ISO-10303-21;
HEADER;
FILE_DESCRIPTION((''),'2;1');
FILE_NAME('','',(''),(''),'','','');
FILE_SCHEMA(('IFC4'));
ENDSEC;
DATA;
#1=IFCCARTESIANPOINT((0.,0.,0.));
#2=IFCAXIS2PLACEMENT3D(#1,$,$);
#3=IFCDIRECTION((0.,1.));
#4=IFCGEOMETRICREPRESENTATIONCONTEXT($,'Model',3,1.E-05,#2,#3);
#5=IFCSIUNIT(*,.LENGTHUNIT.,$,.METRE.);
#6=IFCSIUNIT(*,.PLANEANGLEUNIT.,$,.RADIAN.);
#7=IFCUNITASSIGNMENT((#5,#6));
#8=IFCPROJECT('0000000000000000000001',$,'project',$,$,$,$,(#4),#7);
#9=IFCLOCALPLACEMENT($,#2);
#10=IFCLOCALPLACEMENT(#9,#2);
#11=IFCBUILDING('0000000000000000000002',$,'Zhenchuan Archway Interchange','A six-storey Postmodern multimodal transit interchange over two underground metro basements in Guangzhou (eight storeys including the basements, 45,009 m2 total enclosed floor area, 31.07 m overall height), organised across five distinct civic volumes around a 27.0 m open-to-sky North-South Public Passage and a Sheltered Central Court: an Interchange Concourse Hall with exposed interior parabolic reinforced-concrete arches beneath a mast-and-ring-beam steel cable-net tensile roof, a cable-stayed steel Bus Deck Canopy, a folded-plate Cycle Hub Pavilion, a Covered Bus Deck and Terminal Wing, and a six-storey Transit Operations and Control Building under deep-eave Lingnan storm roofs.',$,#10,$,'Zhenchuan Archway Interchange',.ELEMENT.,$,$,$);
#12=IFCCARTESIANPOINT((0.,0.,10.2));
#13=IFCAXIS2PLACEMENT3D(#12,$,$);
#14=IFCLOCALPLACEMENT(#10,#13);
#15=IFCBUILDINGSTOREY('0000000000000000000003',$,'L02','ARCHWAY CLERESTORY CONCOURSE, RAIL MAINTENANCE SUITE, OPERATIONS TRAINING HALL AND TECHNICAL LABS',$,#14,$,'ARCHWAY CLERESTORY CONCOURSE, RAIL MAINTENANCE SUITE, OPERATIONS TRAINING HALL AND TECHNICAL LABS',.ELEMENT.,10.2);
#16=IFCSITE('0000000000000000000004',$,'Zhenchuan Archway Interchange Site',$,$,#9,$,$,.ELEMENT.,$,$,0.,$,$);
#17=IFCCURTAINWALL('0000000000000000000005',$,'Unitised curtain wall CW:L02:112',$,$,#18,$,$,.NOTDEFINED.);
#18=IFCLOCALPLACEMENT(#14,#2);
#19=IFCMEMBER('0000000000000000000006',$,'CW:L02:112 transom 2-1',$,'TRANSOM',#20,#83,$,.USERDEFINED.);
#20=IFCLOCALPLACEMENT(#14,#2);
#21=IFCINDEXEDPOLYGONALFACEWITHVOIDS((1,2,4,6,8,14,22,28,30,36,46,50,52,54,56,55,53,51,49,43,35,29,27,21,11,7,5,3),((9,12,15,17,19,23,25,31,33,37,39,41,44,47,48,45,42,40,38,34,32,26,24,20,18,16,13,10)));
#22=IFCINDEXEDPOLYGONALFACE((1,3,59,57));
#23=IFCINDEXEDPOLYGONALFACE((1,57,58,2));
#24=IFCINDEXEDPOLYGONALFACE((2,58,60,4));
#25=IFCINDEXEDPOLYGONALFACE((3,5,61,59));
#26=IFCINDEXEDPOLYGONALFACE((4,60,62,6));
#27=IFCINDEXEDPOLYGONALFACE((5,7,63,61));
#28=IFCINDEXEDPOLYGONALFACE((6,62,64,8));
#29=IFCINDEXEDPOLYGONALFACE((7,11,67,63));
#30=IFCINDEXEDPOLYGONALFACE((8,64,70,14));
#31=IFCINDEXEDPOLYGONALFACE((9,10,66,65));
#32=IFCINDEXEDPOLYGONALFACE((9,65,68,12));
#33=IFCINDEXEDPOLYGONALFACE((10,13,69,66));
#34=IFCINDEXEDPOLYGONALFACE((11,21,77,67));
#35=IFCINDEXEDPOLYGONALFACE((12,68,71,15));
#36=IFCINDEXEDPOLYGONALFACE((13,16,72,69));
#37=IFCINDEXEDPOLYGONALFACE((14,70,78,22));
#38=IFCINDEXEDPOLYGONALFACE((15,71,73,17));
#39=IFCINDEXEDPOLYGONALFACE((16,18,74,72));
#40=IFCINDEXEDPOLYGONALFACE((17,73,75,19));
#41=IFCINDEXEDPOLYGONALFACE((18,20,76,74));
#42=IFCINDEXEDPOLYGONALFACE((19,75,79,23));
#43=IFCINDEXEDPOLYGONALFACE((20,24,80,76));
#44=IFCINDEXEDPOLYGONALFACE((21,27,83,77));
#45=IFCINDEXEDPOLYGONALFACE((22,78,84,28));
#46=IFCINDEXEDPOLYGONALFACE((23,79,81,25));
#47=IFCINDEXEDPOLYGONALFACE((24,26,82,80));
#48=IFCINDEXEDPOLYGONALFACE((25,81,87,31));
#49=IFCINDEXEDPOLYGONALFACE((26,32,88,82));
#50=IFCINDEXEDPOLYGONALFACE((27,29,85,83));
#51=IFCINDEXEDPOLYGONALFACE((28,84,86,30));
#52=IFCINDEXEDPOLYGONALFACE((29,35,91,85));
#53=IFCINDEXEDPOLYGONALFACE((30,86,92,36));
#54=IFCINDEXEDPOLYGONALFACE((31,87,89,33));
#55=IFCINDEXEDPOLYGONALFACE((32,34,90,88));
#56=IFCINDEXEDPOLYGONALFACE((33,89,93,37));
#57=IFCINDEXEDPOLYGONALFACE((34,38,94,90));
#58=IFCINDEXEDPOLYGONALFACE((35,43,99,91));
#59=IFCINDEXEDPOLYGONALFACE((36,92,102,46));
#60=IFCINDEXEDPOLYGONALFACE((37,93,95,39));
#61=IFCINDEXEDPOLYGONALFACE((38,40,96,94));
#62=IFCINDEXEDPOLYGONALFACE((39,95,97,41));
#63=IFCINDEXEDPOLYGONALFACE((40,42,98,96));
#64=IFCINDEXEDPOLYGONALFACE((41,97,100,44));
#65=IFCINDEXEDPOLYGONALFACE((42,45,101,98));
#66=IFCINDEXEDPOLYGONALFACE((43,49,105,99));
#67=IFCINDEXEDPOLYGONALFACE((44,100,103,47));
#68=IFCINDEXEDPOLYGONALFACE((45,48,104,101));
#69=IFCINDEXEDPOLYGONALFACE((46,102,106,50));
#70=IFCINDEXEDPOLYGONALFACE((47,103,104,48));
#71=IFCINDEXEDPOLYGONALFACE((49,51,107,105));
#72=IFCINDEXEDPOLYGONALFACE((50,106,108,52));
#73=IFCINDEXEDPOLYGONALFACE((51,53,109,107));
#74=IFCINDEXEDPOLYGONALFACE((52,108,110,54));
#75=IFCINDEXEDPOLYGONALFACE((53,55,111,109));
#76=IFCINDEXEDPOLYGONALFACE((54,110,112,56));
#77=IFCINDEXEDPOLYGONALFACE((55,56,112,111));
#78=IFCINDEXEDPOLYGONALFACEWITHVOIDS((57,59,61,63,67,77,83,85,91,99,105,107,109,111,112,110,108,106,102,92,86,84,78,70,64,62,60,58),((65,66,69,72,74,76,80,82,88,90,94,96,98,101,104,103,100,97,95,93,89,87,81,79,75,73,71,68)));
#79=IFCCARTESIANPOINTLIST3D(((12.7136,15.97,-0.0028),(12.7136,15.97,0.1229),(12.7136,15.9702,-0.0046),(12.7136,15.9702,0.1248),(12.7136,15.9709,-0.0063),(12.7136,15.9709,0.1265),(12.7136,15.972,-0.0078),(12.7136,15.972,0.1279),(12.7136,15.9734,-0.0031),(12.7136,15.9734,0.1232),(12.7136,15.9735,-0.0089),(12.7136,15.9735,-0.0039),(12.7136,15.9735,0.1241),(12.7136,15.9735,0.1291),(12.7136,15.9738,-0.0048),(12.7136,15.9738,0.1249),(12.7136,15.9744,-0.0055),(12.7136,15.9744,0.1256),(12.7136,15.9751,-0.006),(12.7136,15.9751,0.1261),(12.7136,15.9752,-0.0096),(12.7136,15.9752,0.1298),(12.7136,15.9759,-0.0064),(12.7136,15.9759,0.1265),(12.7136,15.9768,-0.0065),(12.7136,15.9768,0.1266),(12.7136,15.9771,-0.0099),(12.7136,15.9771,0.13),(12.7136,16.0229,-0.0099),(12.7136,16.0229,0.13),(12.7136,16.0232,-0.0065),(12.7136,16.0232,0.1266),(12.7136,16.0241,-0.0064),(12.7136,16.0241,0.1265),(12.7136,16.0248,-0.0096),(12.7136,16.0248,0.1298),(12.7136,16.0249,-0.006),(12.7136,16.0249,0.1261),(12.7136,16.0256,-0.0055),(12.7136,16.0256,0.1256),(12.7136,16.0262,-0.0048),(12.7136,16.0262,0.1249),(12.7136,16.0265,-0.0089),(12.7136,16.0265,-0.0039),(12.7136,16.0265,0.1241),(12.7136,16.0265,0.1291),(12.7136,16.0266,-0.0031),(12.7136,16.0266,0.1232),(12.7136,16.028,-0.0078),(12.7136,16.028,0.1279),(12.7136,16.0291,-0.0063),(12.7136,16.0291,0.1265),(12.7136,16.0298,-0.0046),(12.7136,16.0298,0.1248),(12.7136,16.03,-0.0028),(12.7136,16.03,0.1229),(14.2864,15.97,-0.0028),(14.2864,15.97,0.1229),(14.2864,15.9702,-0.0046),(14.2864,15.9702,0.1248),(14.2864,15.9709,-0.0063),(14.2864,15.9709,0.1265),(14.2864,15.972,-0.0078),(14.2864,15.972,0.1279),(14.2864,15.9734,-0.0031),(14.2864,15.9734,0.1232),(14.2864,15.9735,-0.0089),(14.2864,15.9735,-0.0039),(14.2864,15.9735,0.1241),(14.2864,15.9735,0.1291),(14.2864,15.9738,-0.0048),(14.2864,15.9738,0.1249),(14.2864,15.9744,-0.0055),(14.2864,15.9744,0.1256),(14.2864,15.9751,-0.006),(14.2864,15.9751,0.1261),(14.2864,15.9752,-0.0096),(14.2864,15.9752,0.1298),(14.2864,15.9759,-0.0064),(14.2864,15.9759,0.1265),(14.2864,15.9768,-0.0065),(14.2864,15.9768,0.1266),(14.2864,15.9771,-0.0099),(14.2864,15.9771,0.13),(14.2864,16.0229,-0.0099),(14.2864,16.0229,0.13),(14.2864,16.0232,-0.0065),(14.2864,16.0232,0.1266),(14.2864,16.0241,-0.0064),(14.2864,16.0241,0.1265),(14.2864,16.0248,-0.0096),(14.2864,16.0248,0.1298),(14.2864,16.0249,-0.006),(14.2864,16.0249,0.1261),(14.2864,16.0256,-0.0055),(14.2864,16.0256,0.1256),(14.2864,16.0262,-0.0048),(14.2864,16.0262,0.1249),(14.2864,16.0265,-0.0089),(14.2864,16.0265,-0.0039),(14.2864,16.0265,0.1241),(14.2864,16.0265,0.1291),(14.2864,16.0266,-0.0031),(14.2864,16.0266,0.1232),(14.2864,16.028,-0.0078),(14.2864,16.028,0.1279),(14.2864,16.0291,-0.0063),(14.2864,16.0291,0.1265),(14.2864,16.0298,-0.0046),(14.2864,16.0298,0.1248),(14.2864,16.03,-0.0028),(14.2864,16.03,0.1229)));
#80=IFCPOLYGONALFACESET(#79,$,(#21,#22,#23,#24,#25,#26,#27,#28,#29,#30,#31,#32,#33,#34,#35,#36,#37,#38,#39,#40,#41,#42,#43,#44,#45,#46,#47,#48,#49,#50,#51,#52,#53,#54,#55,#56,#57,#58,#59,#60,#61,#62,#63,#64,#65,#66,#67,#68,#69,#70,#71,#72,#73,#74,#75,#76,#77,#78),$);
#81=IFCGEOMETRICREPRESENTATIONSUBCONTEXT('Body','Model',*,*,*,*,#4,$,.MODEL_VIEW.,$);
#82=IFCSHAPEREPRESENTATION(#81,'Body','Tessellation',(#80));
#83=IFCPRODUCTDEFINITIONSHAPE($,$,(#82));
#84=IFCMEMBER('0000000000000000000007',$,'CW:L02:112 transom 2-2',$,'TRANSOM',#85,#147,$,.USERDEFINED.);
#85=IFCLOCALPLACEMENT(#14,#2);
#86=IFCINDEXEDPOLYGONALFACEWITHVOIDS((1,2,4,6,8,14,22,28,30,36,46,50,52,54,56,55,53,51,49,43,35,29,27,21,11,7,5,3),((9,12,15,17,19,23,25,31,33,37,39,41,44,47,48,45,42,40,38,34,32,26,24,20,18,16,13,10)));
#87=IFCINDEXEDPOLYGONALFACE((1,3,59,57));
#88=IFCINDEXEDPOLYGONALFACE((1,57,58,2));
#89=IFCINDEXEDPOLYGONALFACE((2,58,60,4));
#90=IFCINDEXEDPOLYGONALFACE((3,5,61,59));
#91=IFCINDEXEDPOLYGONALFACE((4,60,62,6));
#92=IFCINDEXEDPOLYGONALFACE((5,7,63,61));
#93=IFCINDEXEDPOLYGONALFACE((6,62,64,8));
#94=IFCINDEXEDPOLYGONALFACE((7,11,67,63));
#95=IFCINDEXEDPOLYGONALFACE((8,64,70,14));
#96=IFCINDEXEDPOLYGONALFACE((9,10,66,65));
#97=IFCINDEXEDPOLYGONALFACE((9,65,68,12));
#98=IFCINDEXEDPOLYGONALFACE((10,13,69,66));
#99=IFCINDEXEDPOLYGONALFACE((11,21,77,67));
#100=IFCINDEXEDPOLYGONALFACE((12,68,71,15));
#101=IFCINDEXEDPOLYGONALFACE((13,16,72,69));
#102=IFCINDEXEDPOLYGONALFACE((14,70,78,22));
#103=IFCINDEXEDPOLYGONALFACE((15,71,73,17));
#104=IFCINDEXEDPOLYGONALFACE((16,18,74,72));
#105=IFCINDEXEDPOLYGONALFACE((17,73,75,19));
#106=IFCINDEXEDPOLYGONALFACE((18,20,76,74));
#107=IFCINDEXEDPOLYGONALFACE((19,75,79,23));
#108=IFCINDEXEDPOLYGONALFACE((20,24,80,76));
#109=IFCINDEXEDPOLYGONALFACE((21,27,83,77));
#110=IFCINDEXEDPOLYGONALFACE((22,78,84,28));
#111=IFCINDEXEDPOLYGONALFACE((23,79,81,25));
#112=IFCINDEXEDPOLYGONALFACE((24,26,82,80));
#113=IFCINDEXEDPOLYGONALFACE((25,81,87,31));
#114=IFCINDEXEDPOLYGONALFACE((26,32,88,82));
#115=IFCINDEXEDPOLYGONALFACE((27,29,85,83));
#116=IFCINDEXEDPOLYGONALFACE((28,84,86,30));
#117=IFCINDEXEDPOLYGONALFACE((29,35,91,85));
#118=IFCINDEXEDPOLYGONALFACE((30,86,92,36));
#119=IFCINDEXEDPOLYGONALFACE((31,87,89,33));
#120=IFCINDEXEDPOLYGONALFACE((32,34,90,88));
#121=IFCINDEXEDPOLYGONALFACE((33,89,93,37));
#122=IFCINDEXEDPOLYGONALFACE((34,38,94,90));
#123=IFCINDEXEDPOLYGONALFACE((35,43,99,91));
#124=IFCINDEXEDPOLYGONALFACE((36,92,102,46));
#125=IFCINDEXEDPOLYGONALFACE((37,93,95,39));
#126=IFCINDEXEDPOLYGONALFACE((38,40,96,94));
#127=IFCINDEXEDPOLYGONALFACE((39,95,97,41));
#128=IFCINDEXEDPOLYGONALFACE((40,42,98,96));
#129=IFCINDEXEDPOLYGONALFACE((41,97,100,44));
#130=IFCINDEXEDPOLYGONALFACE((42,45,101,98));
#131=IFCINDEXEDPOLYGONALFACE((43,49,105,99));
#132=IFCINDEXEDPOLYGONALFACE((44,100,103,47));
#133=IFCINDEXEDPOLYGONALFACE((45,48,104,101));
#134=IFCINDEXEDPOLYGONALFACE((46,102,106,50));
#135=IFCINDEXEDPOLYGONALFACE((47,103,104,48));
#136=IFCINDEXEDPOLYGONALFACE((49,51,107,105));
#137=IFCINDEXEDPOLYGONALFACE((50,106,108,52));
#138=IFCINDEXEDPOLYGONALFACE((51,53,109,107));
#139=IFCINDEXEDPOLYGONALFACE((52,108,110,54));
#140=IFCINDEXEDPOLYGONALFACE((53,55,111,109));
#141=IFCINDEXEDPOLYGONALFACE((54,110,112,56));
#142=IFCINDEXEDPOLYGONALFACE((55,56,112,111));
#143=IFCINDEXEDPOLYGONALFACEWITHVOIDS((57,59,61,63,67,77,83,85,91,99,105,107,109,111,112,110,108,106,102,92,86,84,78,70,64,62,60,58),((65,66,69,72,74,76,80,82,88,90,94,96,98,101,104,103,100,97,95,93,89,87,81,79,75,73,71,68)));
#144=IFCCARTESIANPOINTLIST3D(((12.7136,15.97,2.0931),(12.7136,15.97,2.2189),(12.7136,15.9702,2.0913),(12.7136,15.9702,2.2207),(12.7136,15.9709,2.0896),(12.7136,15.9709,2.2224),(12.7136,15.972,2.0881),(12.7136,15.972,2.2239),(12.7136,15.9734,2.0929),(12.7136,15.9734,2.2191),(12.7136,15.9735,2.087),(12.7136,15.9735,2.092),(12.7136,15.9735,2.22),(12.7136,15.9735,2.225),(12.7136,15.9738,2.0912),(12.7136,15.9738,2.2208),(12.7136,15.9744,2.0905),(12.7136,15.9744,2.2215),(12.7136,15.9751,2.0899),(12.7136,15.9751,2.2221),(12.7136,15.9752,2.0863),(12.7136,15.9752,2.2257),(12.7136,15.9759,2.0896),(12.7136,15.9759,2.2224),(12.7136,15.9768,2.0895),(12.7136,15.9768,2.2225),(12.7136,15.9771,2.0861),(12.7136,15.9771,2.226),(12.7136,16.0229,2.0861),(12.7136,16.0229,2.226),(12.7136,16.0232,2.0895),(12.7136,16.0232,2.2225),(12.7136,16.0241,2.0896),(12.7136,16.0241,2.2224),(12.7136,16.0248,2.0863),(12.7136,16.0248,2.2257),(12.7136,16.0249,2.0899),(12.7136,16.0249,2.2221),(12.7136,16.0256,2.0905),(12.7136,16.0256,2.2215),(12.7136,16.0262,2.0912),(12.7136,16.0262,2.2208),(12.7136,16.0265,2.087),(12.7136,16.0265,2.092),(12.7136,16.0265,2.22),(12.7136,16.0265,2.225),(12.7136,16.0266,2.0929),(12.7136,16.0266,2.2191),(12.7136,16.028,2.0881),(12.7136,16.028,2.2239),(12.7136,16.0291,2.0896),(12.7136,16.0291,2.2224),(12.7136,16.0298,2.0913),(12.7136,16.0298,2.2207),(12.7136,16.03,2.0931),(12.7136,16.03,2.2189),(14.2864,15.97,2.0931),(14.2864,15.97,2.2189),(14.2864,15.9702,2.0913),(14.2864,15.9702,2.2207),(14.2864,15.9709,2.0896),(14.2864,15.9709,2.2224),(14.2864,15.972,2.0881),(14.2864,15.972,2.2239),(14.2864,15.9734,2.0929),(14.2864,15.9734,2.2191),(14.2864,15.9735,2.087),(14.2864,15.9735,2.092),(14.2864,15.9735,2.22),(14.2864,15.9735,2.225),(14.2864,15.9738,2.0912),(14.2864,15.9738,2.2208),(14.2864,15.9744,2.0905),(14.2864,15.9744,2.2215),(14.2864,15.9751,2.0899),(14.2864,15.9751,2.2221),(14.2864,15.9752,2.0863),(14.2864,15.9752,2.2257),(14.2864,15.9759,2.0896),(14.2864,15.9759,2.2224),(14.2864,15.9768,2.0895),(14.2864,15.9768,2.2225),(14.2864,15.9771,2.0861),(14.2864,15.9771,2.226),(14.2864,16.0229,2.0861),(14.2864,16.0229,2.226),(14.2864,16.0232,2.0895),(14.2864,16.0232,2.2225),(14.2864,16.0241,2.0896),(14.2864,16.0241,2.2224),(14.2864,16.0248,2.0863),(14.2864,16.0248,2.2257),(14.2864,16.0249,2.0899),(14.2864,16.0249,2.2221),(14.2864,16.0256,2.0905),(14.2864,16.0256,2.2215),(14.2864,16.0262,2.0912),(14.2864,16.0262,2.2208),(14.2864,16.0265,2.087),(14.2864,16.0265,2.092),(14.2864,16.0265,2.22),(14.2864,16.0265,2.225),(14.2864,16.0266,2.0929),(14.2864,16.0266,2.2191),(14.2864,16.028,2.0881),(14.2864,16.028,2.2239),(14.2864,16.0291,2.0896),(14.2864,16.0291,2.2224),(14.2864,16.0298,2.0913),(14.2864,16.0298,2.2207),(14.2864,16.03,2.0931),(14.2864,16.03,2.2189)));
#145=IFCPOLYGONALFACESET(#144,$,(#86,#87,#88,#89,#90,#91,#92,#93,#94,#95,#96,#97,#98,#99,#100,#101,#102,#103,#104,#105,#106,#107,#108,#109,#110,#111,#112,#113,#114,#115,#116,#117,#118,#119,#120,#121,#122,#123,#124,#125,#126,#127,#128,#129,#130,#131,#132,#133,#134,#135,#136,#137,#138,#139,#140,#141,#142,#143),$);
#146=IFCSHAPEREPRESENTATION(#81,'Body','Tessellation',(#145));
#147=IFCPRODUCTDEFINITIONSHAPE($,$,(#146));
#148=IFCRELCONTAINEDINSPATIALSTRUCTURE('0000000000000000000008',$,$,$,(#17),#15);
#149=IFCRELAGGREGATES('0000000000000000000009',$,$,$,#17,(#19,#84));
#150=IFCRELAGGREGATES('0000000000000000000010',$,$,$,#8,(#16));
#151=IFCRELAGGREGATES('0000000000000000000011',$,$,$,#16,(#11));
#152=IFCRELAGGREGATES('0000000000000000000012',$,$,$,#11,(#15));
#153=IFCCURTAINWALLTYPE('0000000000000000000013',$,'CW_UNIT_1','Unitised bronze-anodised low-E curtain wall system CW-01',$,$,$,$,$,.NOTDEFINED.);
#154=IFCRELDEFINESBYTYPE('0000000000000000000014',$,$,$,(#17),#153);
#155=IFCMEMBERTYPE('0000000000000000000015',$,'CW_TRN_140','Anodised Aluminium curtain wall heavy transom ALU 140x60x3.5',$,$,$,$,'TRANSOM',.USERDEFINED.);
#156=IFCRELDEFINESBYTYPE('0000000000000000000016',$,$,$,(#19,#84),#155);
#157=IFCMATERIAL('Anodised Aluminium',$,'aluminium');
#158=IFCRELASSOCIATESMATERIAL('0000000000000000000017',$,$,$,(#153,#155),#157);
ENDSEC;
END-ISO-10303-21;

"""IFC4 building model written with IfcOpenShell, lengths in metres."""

from ifc_helpers import new_model, si_unit, direction, frame, origin, origin_2d, place, context, subcontext, project, spatial, hollow_rectangle, extrude, material, material_profile, profile_set, type_object, element, aggregate, save


model = new_model("IFC4")

# Units and contexts
model_context = context("Model", 3, precision=1e-05, world=origin(), true_north=direction((0.0, 1.0)))
body_context = subcontext(model_context, "Body", "Model", "MODEL_VIEW")
ifc_project = project(units=[si_unit("LENGTHUNIT", "METRE"), si_unit("PLANEANGLEUNIT", "RADIAN")], contexts=[model_context])

# Site, building, storey
site_placement = place(None, origin())
site = spatial("IfcSite", under=ifc_project, at=site_placement, Name="Zhenchuan Archway Interchange Site", CompositionType="ELEMENT", RefElevation=0.0)
building_placement = place(site_placement, origin())
building = spatial("IfcBuilding", under=site, at=building_placement, Name="Zhenchuan Archway Interchange", Description="A six-storey Postmodern multimodal transit interchange over two underground metro basements in Guangzhou (eight storeys including the basements, 45,009 m2 total enclosed floor area, 31.07 m overall height), organised across five distinct civic volumes around a 27.0 m open-to-sky North-South Public Passage and a Sheltered Central Court: an Interchange Concourse Hall with exposed interior parabolic reinforced-concrete arches beneath a mast-and-ring-beam steel cable-net tensile roof, a cable-stayed steel Bus Deck Canopy, a folded-plate Cycle Hub Pavilion, a Covered Bus Deck and Terminal Wing, and a six-storey Transit Operations and Control Building under deep-eave Lingnan storm roofs.", LongName="Zhenchuan Archway Interchange", CompositionType="ELEMENT")
storey_placement = place(building_placement, frame((0.0, 0.0, 10.2)))
storey = spatial("IfcBuildingStorey", under=building, at=storey_placement, Name="L02", Description="ARCHWAY CLERESTORY CONCOURSE, RAIL MAINTENANCE SUITE, OPERATIONS TRAINING HALL AND TECHNICAL LABS", LongName="ARCHWAY CLERESTORY CONCOURSE, RAIL MAINTENANCE SUITE, OPERATIONS TRAINING HALL AND TECHNICAL LABS", CompositionType="ELEMENT", Elevation=10.2)

# Curtain wall, members
ifc_material_1 = material(Name="Anodised Aluminium", Category="aluminium")
curtain_wall_type = type_object("IfcCurtainWallType", Name="CW_UNIT_1", Description="Unitised bronze-anodised low-E curtain wall system CW-01", PredefinedType="NOTDEFINED", material=ifc_material_1)
curtain_wall_placement = place(storey_placement, origin())
curtain_wall = element("IfcCurtainWall", 1, at=curtain_wall_placement, inside=storey, type_object=curtain_wall_type, Name="Unitised curtain wall CW:L02:112", PredefinedType="NOTDEFINED")
ifc_material_profile_1 = material_profile(ifc_material_1, hollow_rectangle(XDim=0.0601, YDim=0.1399, WallThickness=0.0034, InnerFilletRadius=0.0034, OuterFilletRadius=0.0071, at=origin_2d()), Name="ALU 140x60x3.5")
ifc_profile_set_1 = profile_set([ifc_material_profile_1], Name="Anodised Aluminium")
member_type_1 = type_object("IfcMemberType", Name="CW_TRN_140", Description="Anodised Aluminium curtain wall heavy transom ALU 140x60x3.5", ElementType="TRANSOM", PredefinedType="USERDEFINED", material=ifc_profile_set_1)
member_1_placement = place(storey_placement, frame((12.7136, 16.0, 0.0601), z_axis=(1.0, 0.0, 0.0), x_axis=(0.0, 1.0, 0.0)))
member_1 = element("IfcMember", 2, at=member_1_placement, type_object=member_type_1, Name="CW:L02:112 transom 2-1", ObjectType="TRANSOM", PredefinedType="USERDEFINED", context=body_context, shape_type="SweptSolid", body=[
    extrude(hollow_rectangle(XDim=0.0601, YDim=0.1399, WallThickness=0.0034, InnerFilletRadius=0.0034, OuterFilletRadius=0.0071, at=origin_2d()), origin(), (0.0, 0.0, 1.0), 1.5728),
])
member_2_placement = place(storey_placement, frame((12.7136, 16.0, 2.156), z_axis=(1.0, 0.0, 0.0), x_axis=(0.0, 1.0, 0.0)))
member_2 = element("IfcMember", 3, at=member_2_placement, type_object=member_type_1, Name="CW:L02:112 transom 2-2", ObjectType="TRANSOM", PredefinedType="USERDEFINED", context=body_context, shape_type="SweptSolid", body=[
    extrude(hollow_rectangle(XDim=0.0601, YDim=0.1399, WallThickness=0.0034, InnerFilletRadius=0.0034, OuterFilletRadius=0.0071, at=origin_2d()), origin(), (0.0, 0.0, 1.0), 1.5728),
])
aggregate(curtain_wall, [member_1, member_2])

save(model, "model.ifc")
